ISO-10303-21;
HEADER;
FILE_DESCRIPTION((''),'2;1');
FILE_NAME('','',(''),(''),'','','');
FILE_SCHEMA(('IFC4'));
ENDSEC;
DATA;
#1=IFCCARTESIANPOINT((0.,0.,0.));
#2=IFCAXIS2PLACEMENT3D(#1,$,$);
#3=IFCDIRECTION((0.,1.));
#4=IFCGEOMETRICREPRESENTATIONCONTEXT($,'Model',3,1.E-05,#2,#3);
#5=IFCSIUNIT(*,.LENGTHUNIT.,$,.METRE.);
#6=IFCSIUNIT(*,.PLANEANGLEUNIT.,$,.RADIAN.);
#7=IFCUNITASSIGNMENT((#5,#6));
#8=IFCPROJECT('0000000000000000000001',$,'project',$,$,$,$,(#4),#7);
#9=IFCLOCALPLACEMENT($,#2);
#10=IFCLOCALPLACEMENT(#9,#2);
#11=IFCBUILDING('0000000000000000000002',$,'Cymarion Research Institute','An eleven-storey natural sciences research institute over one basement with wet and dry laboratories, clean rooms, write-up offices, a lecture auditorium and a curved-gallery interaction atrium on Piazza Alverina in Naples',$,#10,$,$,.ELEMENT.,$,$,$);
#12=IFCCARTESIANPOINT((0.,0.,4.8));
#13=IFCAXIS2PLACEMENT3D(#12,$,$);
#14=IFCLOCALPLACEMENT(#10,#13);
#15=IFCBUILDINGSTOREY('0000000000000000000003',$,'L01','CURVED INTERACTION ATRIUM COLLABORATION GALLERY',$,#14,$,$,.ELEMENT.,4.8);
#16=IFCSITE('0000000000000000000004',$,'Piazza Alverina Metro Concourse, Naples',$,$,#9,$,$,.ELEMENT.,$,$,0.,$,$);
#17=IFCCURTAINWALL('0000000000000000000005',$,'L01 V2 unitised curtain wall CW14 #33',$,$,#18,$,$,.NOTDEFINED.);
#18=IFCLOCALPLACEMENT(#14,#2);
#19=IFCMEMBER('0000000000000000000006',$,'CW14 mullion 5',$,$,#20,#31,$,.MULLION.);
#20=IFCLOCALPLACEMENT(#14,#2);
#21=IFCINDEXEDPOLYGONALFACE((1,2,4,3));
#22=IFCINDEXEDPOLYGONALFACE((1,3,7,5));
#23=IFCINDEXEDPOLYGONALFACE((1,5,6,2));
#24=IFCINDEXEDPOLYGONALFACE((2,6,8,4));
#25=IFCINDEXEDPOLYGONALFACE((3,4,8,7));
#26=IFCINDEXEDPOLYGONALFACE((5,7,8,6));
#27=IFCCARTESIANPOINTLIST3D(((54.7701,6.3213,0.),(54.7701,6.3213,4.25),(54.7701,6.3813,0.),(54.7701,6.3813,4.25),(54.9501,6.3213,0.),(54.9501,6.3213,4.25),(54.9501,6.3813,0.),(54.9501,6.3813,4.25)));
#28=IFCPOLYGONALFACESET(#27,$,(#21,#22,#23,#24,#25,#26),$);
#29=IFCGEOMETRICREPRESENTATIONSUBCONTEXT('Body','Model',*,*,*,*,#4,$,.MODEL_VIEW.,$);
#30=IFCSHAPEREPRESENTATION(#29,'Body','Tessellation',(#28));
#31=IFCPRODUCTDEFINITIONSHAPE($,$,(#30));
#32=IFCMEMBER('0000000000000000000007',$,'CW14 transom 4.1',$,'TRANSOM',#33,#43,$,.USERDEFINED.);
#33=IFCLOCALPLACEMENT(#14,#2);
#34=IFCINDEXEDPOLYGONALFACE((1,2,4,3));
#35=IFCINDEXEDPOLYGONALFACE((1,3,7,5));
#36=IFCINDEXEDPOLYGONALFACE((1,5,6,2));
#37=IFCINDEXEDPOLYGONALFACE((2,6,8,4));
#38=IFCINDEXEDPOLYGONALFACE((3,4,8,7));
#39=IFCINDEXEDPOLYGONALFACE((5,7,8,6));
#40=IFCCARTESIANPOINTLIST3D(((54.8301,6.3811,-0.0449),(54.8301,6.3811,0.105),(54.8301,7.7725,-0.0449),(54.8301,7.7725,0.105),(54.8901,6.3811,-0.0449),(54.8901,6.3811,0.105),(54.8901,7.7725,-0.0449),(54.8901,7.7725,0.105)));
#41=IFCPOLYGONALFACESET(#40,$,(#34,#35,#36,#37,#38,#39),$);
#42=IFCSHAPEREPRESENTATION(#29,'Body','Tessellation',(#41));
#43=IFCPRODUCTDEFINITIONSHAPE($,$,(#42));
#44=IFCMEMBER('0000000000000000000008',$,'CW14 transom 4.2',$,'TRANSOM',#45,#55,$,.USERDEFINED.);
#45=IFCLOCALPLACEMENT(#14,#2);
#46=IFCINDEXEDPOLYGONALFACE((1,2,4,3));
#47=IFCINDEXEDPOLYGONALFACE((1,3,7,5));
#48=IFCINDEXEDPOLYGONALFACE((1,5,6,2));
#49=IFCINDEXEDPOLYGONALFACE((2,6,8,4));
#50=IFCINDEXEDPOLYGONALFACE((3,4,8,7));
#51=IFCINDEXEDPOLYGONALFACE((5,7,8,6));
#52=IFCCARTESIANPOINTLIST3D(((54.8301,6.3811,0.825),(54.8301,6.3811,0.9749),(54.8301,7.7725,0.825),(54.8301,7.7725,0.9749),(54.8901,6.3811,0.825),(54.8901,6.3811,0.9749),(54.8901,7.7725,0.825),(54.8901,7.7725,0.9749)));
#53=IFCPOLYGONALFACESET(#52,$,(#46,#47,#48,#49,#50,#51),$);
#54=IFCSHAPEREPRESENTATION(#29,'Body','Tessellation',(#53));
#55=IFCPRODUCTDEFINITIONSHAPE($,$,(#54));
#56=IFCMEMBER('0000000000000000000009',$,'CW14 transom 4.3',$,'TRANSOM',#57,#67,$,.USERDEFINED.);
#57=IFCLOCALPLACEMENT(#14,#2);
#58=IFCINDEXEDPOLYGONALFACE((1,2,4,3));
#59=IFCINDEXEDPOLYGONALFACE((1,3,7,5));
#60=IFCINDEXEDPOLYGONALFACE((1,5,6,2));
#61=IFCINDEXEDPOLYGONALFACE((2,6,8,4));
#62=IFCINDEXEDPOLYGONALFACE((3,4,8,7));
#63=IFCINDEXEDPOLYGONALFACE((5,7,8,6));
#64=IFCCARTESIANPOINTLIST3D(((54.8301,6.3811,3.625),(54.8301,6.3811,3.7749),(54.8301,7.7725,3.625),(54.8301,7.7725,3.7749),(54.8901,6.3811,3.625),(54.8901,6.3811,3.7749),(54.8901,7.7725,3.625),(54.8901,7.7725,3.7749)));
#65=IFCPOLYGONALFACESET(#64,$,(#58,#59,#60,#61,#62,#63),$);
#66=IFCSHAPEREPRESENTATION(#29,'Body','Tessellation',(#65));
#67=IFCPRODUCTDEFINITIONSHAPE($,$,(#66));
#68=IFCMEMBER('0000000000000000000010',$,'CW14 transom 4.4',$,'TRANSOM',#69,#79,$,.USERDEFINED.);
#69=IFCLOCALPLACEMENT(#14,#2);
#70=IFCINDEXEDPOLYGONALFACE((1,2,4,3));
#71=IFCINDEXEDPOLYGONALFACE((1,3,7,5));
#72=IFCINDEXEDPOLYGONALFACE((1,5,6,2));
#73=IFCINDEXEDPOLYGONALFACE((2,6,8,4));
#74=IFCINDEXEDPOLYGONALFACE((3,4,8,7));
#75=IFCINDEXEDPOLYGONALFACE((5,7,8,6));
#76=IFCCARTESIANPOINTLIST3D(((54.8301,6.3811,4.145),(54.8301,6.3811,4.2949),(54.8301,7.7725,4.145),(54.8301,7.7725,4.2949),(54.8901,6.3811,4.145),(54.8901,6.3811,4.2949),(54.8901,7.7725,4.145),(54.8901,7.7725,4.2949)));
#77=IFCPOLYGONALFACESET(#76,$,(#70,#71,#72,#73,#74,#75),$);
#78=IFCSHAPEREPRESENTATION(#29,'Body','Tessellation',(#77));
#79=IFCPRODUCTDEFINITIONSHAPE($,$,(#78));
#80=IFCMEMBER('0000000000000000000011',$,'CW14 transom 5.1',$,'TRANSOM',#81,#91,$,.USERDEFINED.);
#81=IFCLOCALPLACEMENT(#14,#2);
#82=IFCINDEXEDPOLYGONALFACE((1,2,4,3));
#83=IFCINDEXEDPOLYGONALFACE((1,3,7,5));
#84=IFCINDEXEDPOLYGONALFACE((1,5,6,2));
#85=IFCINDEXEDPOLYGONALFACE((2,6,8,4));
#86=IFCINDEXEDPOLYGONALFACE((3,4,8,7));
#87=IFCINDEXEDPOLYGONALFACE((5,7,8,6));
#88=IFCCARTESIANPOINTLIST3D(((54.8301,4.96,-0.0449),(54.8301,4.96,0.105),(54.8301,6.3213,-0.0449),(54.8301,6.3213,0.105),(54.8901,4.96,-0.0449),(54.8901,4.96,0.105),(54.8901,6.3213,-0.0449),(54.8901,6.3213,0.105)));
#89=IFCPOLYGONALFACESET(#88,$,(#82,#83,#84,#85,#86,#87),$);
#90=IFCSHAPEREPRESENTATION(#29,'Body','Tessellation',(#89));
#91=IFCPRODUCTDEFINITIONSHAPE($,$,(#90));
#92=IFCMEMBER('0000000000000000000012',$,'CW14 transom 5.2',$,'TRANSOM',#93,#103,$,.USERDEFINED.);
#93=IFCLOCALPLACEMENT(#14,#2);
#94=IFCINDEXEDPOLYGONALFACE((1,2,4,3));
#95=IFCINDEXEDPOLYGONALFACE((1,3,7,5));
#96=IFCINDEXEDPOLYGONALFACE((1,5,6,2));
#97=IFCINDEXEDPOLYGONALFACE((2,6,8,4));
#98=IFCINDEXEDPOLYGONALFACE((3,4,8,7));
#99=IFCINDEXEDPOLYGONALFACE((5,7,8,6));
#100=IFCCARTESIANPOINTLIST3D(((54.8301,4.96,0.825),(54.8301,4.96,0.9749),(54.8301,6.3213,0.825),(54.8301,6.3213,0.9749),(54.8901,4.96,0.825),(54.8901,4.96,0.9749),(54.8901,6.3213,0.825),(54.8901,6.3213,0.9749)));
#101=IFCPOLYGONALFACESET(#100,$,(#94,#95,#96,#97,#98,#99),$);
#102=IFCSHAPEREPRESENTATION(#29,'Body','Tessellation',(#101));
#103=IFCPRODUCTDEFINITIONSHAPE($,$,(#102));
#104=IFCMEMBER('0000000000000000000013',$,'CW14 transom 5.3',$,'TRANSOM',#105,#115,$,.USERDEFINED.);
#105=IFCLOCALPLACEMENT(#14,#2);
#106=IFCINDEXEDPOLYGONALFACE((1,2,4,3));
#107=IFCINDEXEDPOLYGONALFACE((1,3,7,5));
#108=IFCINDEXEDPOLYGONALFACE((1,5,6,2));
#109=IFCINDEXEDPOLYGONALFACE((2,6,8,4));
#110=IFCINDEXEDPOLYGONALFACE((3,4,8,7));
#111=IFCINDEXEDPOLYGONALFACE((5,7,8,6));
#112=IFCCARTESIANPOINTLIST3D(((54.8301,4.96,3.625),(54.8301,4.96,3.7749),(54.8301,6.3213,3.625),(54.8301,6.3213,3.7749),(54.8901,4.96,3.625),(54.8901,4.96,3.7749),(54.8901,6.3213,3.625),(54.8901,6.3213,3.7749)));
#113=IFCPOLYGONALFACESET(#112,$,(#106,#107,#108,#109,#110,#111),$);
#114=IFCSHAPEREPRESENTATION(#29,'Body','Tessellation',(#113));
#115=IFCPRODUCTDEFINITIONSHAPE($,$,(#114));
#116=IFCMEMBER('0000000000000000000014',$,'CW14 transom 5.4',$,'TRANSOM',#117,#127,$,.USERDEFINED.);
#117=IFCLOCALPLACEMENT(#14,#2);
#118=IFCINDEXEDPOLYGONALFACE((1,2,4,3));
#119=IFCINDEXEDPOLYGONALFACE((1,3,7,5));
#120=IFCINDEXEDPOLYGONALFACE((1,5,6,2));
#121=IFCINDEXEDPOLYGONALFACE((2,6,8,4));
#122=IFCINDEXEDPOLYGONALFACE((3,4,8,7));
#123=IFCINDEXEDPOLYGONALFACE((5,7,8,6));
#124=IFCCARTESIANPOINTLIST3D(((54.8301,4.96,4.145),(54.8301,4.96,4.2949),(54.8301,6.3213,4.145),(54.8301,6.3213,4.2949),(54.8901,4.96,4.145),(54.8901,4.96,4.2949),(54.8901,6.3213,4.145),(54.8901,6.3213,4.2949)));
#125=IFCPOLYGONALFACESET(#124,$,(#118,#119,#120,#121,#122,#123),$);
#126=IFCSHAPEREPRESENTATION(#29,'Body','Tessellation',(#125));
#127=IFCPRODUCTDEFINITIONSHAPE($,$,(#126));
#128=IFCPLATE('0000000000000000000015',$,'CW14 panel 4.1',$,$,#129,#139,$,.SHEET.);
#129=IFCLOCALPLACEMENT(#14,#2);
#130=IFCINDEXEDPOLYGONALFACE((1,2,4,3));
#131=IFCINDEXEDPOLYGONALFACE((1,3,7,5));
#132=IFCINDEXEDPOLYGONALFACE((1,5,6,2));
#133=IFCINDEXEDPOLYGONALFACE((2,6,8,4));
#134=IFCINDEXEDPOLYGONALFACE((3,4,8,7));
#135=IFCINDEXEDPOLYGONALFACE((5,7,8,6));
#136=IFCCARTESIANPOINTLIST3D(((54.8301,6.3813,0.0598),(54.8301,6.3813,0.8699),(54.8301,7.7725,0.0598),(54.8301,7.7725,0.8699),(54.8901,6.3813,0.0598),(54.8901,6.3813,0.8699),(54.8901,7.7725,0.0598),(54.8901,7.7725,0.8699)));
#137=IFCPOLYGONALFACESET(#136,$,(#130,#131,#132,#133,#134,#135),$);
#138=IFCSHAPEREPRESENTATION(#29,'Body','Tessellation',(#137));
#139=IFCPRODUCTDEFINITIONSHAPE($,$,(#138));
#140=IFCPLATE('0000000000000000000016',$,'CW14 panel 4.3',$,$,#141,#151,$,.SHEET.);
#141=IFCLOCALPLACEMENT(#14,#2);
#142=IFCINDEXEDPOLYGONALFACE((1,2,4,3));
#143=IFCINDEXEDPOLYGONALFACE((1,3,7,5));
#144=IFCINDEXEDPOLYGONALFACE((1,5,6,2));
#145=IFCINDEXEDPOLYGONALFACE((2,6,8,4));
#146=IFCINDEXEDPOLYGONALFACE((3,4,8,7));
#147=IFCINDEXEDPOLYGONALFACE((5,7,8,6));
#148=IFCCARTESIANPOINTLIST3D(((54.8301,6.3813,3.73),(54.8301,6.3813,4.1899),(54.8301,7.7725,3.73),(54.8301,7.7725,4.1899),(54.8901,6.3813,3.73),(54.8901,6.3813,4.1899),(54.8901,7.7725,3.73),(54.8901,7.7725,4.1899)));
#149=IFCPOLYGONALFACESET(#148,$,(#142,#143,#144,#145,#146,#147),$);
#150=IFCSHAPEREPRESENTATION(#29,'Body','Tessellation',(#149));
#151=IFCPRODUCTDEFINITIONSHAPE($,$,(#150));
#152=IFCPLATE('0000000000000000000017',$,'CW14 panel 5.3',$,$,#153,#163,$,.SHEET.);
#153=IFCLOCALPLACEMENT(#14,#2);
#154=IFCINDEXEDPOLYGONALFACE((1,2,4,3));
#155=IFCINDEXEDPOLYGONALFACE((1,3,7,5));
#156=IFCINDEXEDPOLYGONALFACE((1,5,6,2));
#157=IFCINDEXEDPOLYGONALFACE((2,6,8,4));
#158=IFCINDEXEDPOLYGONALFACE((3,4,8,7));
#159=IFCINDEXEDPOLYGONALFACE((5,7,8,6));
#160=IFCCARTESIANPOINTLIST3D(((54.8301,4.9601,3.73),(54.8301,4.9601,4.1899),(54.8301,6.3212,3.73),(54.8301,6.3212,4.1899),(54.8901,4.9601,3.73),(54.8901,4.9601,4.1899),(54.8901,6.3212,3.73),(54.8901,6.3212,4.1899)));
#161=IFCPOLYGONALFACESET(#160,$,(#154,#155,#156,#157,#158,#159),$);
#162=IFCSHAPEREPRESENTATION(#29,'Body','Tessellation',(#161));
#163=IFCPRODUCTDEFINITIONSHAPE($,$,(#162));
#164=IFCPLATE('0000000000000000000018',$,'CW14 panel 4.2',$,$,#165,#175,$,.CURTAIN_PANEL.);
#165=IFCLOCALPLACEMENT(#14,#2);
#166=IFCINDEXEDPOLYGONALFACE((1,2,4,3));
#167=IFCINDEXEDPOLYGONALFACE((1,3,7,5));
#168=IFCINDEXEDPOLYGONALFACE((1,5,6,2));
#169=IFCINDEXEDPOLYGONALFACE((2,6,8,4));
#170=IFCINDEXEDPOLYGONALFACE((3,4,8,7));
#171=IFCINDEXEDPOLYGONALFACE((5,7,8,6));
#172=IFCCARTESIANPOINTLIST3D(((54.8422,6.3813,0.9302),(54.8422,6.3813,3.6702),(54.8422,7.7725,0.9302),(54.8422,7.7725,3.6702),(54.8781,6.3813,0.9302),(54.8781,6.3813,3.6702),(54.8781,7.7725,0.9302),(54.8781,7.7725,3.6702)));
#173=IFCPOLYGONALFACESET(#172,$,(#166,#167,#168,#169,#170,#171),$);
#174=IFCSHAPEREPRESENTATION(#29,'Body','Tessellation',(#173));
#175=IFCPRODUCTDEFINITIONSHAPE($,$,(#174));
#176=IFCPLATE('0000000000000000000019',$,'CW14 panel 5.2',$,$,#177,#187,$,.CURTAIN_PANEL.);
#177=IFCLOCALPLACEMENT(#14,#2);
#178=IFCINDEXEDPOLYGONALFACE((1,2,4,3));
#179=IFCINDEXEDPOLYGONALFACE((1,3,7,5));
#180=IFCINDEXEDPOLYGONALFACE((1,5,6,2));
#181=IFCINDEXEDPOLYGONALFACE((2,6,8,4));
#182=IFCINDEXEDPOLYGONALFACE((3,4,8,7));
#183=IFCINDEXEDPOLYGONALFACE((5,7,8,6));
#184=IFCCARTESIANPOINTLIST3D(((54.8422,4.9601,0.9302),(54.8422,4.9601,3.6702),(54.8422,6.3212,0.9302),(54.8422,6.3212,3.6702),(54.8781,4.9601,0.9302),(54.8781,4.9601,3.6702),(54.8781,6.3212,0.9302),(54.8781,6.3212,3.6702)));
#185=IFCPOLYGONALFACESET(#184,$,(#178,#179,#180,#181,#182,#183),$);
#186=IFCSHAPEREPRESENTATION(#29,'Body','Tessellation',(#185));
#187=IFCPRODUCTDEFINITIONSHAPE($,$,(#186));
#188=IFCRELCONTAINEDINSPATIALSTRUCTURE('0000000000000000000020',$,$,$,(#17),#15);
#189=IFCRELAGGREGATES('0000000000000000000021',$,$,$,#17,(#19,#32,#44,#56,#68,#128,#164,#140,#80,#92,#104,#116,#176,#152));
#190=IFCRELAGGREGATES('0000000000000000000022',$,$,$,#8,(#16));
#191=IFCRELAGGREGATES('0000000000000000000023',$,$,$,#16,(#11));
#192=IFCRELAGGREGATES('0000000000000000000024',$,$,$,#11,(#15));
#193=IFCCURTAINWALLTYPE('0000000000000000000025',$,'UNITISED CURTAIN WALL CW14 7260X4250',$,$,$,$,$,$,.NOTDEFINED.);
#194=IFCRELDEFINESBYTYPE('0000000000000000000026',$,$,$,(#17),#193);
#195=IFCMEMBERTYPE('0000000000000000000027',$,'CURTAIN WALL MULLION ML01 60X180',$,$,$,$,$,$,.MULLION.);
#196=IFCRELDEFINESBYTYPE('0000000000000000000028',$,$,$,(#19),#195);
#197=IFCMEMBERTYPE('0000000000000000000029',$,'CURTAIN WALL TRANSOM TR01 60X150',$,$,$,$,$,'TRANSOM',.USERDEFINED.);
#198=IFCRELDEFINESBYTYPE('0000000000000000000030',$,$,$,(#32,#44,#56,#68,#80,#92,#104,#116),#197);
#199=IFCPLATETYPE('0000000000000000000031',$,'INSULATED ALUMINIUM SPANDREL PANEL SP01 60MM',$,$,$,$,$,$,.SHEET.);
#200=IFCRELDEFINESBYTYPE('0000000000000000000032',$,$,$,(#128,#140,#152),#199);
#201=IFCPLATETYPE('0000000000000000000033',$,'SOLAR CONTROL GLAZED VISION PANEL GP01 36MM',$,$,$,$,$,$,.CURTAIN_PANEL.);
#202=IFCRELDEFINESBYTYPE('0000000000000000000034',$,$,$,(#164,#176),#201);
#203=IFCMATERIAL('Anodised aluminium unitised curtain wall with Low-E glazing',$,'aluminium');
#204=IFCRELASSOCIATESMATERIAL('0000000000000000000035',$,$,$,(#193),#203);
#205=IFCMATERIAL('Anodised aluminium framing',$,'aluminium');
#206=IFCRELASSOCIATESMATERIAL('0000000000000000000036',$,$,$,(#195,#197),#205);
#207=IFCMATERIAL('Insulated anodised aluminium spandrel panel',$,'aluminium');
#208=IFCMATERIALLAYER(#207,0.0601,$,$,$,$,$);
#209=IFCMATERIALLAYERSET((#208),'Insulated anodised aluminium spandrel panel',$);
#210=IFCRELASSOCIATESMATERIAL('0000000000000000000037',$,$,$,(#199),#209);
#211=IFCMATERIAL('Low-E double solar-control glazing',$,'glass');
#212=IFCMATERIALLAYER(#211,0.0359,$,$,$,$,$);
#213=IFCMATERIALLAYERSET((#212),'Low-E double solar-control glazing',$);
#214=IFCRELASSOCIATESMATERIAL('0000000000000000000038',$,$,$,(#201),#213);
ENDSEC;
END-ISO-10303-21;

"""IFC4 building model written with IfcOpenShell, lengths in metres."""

from ifc_helpers import new_model, si_unit, direction, frame, origin, origin_2d, place, context, subcontext, project, spatial, rectangle, extrude, material, layer, layer_set, material_profile, profile_set, type_object, element, aggregate, save


model = new_model("IFC4")

# Units and contexts
model_context = context("Model", 3, precision=1e-05, world=origin(), true_north=direction((0.0, 1.0)))
body_context = subcontext(model_context, "Body", "Model", "MODEL_VIEW")
ifc_project = project(units=[si_unit("LENGTHUNIT", "METRE"), si_unit("PLANEANGLEUNIT", "RADIAN")], contexts=[model_context])

# Site, building, storey
site_placement = place(None, origin())
site = spatial("IfcSite", under=ifc_project, at=site_placement, Name="Piazza Alverina Metro Concourse, Naples", CompositionType="ELEMENT", RefElevation=0.0)
building_placement = place(site_placement, origin())
building = spatial("IfcBuilding", under=site, at=building_placement, Name="Cymarion Research Institute", Description="An eleven-storey natural sciences research institute over one basement with wet and dry laboratories, clean rooms, write-up offices, a lecture auditorium and a curved-gallery interaction atrium on Piazza Alverina in Naples", CompositionType="ELEMENT")
storey_placement = place(building_placement, frame((0.0, 0.0, 4.8)))
storey = spatial("IfcBuildingStorey", under=building, at=storey_placement, Name="L01", Description="CURVED INTERACTION ATRIUM COLLABORATION GALLERY", CompositionType="ELEMENT", Elevation=4.8)

# Curtain wall, members, plates
ifc_material_1 = material(Name="Anodised aluminium unitised curtain wall with Low-E glazing", Category="aluminium")
curtain_wall_type = type_object("IfcCurtainWallType", Name="UNITISED CURTAIN WALL CW14 7260X4250", PredefinedType="NOTDEFINED", material=ifc_material_1)
curtain_wall_placement = place(storey_placement, origin())
curtain_wall = element("IfcCurtainWall", 1, at=curtain_wall_placement, inside=storey, type_object=curtain_wall_type, Name="L01 V2 unitised curtain wall CW14 #33", PredefinedType="NOTDEFINED")
ifc_material_2 = material(Name="Anodised aluminium framing", Category="aluminium")
ifc_material_profile_1 = material_profile(ifc_material_2, rectangle(XDim=0.0601, YDim=0.1799, at=origin_2d()), Name="ALU MULLION 60x180")
ifc_profile_set_1 = profile_set([ifc_material_profile_1], Name="Anodised aluminium framing")
member_type_1 = type_object("IfcMemberType", Name="CURTAIN WALL MULLION ML01 60X180", PredefinedType="MULLION", material=ifc_profile_set_1)
member_1_placement = place(storey_placement, frame((54.8601, 6.3513, 0.0), z_axis=(0.0, 0.0, 1.0), x_axis=(0.0, -1.0, 0.0)))
member_1 = element("IfcMember", 2, at=member_1_placement, type_object=member_type_1, Name="CW14 mullion 5", PredefinedType="MULLION", context=body_context, shape_type="SweptSolid", body=[
    extrude(rectangle(XDim=0.0601, YDim=0.1799, at=origin_2d()), origin(), (0.0, 0.0, 1.0), 4.25),
])
ifc_material_profile_2 = material_profile(ifc_material_2, rectangle(XDim=0.0601, YDim=0.1499, at=origin_2d()), Name="ALU TRANSOM 60x150")
ifc_profile_set_2 = profile_set([ifc_material_profile_2], Name="Anodised aluminium framing")
member_type_2 = type_object("IfcMemberType", Name="CURTAIN WALL TRANSOM TR01 60X150", ElementType="TRANSOM", PredefinedType="USERDEFINED", material=ifc_profile_set_2)
member_2_placement = place(storey_placement, frame((54.8601, 7.7725, 0.03), z_axis=(0.0, -1.0, 0.0), x_axis=(1.0, 0.0, 0.0)))
member_2 = element("IfcMember", 3, at=member_2_placement, type_object=member_type_2, Name="CW14 transom 4.1", ObjectType="TRANSOM", PredefinedType="USERDEFINED", context=body_context, shape_type="SweptSolid", body=[
    extrude(rectangle(XDim=0.0601, YDim=0.1499, at=origin_2d()), origin(), (0.0, 0.0, 1.0), 1.3914),
])
member_3_placement = place(storey_placement, frame((54.8601, 7.7725, 0.8999), z_axis=(0.0, -1.0, 0.0), x_axis=(1.0, 0.0, 0.0)))
member_3 = element("IfcMember", 4, at=member_3_placement, type_object=member_type_2, Name="CW14 transom 4.2", ObjectType="TRANSOM", PredefinedType="USERDEFINED", context=body_context, shape_type="SweptSolid", body=[
    extrude(rectangle(XDim=0.0601, YDim=0.1499, at=origin_2d()), origin(), (0.0, 0.0, 1.0), 1.3914),
])
member_4_placement = place(storey_placement, frame((54.8601, 7.7725, 3.7), z_axis=(0.0, -1.0, 0.0), x_axis=(1.0, 0.0, 0.0)))
member_4 = element("IfcMember", 5, at=member_4_placement, type_object=member_type_2, Name="CW14 transom 4.3", ObjectType="TRANSOM", PredefinedType="USERDEFINED", context=body_context, shape_type="SweptSolid", body=[
    extrude(rectangle(XDim=0.0601, YDim=0.1499, at=origin_2d()), origin(), (0.0, 0.0, 1.0), 1.3914),
])
member_5_placement = place(storey_placement, frame((54.8601, 7.7725, 4.22), z_axis=(0.0, -1.0, 0.0), x_axis=(1.0, 0.0, 0.0)))
member_5 = element("IfcMember", 6, at=member_5_placement, type_object=member_type_2, Name="CW14 transom 4.4", ObjectType="TRANSOM", PredefinedType="USERDEFINED", context=body_context, shape_type="SweptSolid", body=[
    extrude(rectangle(XDim=0.0601, YDim=0.1499, at=origin_2d()), origin(), (0.0, 0.0, 1.0), 1.3914),
])
member_6_placement = place(storey_placement, frame((54.8601, 6.3213, 0.03), z_axis=(0.0, -1.0, 0.0), x_axis=(1.0, 0.0, 0.0)))
member_6 = element("IfcMember", 7, at=member_6_placement, type_object=member_type_2, Name="CW14 transom 5.1", ObjectType="TRANSOM", PredefinedType="USERDEFINED", context=body_context, shape_type="SweptSolid", body=[
    extrude(rectangle(XDim=0.0601, YDim=0.1499, at=origin_2d()), origin(), (0.0, 0.0, 1.0), 1.3613),
])
member_7_placement = place(storey_placement, frame((54.8601, 6.3213, 0.8999), z_axis=(0.0, -1.0, 0.0), x_axis=(1.0, 0.0, 0.0)))
member_7 = element("IfcMember", 8, at=member_7_placement, type_object=member_type_2, Name="CW14 transom 5.2", ObjectType="TRANSOM", PredefinedType="USERDEFINED", context=body_context, shape_type="SweptSolid", body=[
    extrude(rectangle(XDim=0.0601, YDim=0.1499, at=origin_2d()), origin(), (0.0, 0.0, 1.0), 1.3613),
])
member_8_placement = place(storey_placement, frame((54.8601, 6.3213, 3.7), z_axis=(0.0, -1.0, 0.0), x_axis=(1.0, 0.0, 0.0)))
member_8 = element("IfcMember", 9, at=member_8_placement, type_object=member_type_2, Name="CW14 transom 5.3", ObjectType="TRANSOM", PredefinedType="USERDEFINED", context=body_context, shape_type="SweptSolid", body=[
    extrude(rectangle(XDim=0.0601, YDim=0.1499, at=origin_2d()), origin(), (0.0, 0.0, 1.0), 1.3613),
])
member_9_placement = place(storey_placement, frame((54.8601, 6.3213, 4.22), z_axis=(0.0, -1.0, 0.0), x_axis=(1.0, 0.0, 0.0)))
member_9 = element("IfcMember", 10, at=member_9_placement, type_object=member_type_2, Name="CW14 transom 5.4", ObjectType="TRANSOM", PredefinedType="USERDEFINED", context=body_context, shape_type="SweptSolid", body=[
    extrude(rectangle(XDim=0.0601, YDim=0.1499, at=origin_2d()), origin(), (0.0, 0.0, 1.0), 1.3613),
])
ifc_material_3 = material(Name="Insulated anodised aluminium spandrel panel", Category="aluminium")
ifc_layer_1 = layer(ifc_material_3, 0.0601)
ifc_layer_set_1 = layer_set([ifc_layer_1], Name="Insulated anodised aluminium spandrel panel")
plate_type_1 = type_object("IfcPlateType", Name="INSULATED ALUMINIUM SPANDREL PANEL SP01 60MM", PredefinedType="SHEET", material=ifc_layer_set_1)
plate_1_placement = place(storey_placement, frame((54.8601, 7.0769, 0.0598), z_axis=(0.0, 0.0, 1.0), x_axis=(0.0, -1.0, 0.0)))
plate_1 = element("IfcPlate", 11, at=plate_1_placement, type_object=plate_type_1, Name="CW14 panel 4.1", PredefinedType="SHEET", context=body_context, shape_type="SweptSolid", body=[
    extrude(rectangle(XDim=1.3911, YDim=0.0601, at=origin_2d()), origin(), (0.0, 0.0, 1.0), 0.8101),
])
plate_2_placement = place(storey_placement, frame((54.8601, 7.0769, 3.73), z_axis=(0.0, 0.0, 1.0), x_axis=(0.0, -1.0, 0.0)))
plate_2 = element("IfcPlate", 12, at=plate_2_placement, type_object=plate_type_1, Name="CW14 panel 4.3", PredefinedType="SHEET", context=body_context, shape_type="SweptSolid", body=[
    extrude(rectangle(XDim=1.3911, YDim=0.0601, at=origin_2d()), origin(), (0.0, 0.0, 1.0), 0.46),
])
plate_3_placement = place(storey_placement, frame((54.8601, 5.6406, 3.73), z_axis=(0.0, 0.0, 1.0), x_axis=(0.0, -1.0, 0.0)))
plate_3 = element("IfcPlate", 13, at=plate_3_placement, type_object=plate_type_1, Name="CW14 panel 5.3", PredefinedType="SHEET", context=body_context, shape_type="SweptSolid", body=[
    extrude(rectangle(XDim=1.3611, YDim=0.0601, at=origin_2d()), origin(), (0.0, 0.0, 1.0), 0.46),
])
ifc_material_4 = material(Name="Low-E double solar-control glazing", Category="glass")
ifc_layer_2 = layer(ifc_material_4, 0.0359)
ifc_layer_set_2 = layer_set([ifc_layer_2], Name="Low-E double solar-control glazing")
plate_type_2 = type_object("IfcPlateType", Name="SOLAR CONTROL GLAZED VISION PANEL GP01 36MM", PredefinedType="CURTAIN_PANEL", material=ifc_layer_set_2)
plate_4_placement = place(storey_placement, frame((54.8601, 7.0769, 0.9302), z_axis=(0.0, 0.0, 1.0), x_axis=(0.0, -1.0, 0.0)))
plate_4 = element("IfcPlate", 14, at=plate_4_placement, type_object=plate_type_2, Name="CW14 panel 4.2", PredefinedType="CURTAIN_PANEL", context=body_context, shape_type="SweptSolid", body=[
    extrude(rectangle(XDim=1.3911, YDim=0.0359, at=origin_2d()), origin(), (0.0, 0.0, 1.0), 2.74),
])
plate_5_placement = place(storey_placement, frame((54.8601, 5.6406, 0.9302), z_axis=(0.0, 0.0, 1.0), x_axis=(0.0, -1.0, 0.0)))
plate_5 = element("IfcPlate", 15, at=plate_5_placement, type_object=plate_type_2, Name="CW14 panel 5.2", PredefinedType="CURTAIN_PANEL", context=body_context, shape_type="SweptSolid", body=[
    extrude(rectangle(XDim=1.3611, YDim=0.0359, at=origin_2d()), origin(), (0.0, 0.0, 1.0), 2.74),
])
aggregate(curtain_wall, [member_1, member_2, member_3, member_4, member_5, plate_1, plate_4, plate_2, member_6, member_7, member_8, member_9, plate_5, plate_3])

save(model, "model.ifc")
